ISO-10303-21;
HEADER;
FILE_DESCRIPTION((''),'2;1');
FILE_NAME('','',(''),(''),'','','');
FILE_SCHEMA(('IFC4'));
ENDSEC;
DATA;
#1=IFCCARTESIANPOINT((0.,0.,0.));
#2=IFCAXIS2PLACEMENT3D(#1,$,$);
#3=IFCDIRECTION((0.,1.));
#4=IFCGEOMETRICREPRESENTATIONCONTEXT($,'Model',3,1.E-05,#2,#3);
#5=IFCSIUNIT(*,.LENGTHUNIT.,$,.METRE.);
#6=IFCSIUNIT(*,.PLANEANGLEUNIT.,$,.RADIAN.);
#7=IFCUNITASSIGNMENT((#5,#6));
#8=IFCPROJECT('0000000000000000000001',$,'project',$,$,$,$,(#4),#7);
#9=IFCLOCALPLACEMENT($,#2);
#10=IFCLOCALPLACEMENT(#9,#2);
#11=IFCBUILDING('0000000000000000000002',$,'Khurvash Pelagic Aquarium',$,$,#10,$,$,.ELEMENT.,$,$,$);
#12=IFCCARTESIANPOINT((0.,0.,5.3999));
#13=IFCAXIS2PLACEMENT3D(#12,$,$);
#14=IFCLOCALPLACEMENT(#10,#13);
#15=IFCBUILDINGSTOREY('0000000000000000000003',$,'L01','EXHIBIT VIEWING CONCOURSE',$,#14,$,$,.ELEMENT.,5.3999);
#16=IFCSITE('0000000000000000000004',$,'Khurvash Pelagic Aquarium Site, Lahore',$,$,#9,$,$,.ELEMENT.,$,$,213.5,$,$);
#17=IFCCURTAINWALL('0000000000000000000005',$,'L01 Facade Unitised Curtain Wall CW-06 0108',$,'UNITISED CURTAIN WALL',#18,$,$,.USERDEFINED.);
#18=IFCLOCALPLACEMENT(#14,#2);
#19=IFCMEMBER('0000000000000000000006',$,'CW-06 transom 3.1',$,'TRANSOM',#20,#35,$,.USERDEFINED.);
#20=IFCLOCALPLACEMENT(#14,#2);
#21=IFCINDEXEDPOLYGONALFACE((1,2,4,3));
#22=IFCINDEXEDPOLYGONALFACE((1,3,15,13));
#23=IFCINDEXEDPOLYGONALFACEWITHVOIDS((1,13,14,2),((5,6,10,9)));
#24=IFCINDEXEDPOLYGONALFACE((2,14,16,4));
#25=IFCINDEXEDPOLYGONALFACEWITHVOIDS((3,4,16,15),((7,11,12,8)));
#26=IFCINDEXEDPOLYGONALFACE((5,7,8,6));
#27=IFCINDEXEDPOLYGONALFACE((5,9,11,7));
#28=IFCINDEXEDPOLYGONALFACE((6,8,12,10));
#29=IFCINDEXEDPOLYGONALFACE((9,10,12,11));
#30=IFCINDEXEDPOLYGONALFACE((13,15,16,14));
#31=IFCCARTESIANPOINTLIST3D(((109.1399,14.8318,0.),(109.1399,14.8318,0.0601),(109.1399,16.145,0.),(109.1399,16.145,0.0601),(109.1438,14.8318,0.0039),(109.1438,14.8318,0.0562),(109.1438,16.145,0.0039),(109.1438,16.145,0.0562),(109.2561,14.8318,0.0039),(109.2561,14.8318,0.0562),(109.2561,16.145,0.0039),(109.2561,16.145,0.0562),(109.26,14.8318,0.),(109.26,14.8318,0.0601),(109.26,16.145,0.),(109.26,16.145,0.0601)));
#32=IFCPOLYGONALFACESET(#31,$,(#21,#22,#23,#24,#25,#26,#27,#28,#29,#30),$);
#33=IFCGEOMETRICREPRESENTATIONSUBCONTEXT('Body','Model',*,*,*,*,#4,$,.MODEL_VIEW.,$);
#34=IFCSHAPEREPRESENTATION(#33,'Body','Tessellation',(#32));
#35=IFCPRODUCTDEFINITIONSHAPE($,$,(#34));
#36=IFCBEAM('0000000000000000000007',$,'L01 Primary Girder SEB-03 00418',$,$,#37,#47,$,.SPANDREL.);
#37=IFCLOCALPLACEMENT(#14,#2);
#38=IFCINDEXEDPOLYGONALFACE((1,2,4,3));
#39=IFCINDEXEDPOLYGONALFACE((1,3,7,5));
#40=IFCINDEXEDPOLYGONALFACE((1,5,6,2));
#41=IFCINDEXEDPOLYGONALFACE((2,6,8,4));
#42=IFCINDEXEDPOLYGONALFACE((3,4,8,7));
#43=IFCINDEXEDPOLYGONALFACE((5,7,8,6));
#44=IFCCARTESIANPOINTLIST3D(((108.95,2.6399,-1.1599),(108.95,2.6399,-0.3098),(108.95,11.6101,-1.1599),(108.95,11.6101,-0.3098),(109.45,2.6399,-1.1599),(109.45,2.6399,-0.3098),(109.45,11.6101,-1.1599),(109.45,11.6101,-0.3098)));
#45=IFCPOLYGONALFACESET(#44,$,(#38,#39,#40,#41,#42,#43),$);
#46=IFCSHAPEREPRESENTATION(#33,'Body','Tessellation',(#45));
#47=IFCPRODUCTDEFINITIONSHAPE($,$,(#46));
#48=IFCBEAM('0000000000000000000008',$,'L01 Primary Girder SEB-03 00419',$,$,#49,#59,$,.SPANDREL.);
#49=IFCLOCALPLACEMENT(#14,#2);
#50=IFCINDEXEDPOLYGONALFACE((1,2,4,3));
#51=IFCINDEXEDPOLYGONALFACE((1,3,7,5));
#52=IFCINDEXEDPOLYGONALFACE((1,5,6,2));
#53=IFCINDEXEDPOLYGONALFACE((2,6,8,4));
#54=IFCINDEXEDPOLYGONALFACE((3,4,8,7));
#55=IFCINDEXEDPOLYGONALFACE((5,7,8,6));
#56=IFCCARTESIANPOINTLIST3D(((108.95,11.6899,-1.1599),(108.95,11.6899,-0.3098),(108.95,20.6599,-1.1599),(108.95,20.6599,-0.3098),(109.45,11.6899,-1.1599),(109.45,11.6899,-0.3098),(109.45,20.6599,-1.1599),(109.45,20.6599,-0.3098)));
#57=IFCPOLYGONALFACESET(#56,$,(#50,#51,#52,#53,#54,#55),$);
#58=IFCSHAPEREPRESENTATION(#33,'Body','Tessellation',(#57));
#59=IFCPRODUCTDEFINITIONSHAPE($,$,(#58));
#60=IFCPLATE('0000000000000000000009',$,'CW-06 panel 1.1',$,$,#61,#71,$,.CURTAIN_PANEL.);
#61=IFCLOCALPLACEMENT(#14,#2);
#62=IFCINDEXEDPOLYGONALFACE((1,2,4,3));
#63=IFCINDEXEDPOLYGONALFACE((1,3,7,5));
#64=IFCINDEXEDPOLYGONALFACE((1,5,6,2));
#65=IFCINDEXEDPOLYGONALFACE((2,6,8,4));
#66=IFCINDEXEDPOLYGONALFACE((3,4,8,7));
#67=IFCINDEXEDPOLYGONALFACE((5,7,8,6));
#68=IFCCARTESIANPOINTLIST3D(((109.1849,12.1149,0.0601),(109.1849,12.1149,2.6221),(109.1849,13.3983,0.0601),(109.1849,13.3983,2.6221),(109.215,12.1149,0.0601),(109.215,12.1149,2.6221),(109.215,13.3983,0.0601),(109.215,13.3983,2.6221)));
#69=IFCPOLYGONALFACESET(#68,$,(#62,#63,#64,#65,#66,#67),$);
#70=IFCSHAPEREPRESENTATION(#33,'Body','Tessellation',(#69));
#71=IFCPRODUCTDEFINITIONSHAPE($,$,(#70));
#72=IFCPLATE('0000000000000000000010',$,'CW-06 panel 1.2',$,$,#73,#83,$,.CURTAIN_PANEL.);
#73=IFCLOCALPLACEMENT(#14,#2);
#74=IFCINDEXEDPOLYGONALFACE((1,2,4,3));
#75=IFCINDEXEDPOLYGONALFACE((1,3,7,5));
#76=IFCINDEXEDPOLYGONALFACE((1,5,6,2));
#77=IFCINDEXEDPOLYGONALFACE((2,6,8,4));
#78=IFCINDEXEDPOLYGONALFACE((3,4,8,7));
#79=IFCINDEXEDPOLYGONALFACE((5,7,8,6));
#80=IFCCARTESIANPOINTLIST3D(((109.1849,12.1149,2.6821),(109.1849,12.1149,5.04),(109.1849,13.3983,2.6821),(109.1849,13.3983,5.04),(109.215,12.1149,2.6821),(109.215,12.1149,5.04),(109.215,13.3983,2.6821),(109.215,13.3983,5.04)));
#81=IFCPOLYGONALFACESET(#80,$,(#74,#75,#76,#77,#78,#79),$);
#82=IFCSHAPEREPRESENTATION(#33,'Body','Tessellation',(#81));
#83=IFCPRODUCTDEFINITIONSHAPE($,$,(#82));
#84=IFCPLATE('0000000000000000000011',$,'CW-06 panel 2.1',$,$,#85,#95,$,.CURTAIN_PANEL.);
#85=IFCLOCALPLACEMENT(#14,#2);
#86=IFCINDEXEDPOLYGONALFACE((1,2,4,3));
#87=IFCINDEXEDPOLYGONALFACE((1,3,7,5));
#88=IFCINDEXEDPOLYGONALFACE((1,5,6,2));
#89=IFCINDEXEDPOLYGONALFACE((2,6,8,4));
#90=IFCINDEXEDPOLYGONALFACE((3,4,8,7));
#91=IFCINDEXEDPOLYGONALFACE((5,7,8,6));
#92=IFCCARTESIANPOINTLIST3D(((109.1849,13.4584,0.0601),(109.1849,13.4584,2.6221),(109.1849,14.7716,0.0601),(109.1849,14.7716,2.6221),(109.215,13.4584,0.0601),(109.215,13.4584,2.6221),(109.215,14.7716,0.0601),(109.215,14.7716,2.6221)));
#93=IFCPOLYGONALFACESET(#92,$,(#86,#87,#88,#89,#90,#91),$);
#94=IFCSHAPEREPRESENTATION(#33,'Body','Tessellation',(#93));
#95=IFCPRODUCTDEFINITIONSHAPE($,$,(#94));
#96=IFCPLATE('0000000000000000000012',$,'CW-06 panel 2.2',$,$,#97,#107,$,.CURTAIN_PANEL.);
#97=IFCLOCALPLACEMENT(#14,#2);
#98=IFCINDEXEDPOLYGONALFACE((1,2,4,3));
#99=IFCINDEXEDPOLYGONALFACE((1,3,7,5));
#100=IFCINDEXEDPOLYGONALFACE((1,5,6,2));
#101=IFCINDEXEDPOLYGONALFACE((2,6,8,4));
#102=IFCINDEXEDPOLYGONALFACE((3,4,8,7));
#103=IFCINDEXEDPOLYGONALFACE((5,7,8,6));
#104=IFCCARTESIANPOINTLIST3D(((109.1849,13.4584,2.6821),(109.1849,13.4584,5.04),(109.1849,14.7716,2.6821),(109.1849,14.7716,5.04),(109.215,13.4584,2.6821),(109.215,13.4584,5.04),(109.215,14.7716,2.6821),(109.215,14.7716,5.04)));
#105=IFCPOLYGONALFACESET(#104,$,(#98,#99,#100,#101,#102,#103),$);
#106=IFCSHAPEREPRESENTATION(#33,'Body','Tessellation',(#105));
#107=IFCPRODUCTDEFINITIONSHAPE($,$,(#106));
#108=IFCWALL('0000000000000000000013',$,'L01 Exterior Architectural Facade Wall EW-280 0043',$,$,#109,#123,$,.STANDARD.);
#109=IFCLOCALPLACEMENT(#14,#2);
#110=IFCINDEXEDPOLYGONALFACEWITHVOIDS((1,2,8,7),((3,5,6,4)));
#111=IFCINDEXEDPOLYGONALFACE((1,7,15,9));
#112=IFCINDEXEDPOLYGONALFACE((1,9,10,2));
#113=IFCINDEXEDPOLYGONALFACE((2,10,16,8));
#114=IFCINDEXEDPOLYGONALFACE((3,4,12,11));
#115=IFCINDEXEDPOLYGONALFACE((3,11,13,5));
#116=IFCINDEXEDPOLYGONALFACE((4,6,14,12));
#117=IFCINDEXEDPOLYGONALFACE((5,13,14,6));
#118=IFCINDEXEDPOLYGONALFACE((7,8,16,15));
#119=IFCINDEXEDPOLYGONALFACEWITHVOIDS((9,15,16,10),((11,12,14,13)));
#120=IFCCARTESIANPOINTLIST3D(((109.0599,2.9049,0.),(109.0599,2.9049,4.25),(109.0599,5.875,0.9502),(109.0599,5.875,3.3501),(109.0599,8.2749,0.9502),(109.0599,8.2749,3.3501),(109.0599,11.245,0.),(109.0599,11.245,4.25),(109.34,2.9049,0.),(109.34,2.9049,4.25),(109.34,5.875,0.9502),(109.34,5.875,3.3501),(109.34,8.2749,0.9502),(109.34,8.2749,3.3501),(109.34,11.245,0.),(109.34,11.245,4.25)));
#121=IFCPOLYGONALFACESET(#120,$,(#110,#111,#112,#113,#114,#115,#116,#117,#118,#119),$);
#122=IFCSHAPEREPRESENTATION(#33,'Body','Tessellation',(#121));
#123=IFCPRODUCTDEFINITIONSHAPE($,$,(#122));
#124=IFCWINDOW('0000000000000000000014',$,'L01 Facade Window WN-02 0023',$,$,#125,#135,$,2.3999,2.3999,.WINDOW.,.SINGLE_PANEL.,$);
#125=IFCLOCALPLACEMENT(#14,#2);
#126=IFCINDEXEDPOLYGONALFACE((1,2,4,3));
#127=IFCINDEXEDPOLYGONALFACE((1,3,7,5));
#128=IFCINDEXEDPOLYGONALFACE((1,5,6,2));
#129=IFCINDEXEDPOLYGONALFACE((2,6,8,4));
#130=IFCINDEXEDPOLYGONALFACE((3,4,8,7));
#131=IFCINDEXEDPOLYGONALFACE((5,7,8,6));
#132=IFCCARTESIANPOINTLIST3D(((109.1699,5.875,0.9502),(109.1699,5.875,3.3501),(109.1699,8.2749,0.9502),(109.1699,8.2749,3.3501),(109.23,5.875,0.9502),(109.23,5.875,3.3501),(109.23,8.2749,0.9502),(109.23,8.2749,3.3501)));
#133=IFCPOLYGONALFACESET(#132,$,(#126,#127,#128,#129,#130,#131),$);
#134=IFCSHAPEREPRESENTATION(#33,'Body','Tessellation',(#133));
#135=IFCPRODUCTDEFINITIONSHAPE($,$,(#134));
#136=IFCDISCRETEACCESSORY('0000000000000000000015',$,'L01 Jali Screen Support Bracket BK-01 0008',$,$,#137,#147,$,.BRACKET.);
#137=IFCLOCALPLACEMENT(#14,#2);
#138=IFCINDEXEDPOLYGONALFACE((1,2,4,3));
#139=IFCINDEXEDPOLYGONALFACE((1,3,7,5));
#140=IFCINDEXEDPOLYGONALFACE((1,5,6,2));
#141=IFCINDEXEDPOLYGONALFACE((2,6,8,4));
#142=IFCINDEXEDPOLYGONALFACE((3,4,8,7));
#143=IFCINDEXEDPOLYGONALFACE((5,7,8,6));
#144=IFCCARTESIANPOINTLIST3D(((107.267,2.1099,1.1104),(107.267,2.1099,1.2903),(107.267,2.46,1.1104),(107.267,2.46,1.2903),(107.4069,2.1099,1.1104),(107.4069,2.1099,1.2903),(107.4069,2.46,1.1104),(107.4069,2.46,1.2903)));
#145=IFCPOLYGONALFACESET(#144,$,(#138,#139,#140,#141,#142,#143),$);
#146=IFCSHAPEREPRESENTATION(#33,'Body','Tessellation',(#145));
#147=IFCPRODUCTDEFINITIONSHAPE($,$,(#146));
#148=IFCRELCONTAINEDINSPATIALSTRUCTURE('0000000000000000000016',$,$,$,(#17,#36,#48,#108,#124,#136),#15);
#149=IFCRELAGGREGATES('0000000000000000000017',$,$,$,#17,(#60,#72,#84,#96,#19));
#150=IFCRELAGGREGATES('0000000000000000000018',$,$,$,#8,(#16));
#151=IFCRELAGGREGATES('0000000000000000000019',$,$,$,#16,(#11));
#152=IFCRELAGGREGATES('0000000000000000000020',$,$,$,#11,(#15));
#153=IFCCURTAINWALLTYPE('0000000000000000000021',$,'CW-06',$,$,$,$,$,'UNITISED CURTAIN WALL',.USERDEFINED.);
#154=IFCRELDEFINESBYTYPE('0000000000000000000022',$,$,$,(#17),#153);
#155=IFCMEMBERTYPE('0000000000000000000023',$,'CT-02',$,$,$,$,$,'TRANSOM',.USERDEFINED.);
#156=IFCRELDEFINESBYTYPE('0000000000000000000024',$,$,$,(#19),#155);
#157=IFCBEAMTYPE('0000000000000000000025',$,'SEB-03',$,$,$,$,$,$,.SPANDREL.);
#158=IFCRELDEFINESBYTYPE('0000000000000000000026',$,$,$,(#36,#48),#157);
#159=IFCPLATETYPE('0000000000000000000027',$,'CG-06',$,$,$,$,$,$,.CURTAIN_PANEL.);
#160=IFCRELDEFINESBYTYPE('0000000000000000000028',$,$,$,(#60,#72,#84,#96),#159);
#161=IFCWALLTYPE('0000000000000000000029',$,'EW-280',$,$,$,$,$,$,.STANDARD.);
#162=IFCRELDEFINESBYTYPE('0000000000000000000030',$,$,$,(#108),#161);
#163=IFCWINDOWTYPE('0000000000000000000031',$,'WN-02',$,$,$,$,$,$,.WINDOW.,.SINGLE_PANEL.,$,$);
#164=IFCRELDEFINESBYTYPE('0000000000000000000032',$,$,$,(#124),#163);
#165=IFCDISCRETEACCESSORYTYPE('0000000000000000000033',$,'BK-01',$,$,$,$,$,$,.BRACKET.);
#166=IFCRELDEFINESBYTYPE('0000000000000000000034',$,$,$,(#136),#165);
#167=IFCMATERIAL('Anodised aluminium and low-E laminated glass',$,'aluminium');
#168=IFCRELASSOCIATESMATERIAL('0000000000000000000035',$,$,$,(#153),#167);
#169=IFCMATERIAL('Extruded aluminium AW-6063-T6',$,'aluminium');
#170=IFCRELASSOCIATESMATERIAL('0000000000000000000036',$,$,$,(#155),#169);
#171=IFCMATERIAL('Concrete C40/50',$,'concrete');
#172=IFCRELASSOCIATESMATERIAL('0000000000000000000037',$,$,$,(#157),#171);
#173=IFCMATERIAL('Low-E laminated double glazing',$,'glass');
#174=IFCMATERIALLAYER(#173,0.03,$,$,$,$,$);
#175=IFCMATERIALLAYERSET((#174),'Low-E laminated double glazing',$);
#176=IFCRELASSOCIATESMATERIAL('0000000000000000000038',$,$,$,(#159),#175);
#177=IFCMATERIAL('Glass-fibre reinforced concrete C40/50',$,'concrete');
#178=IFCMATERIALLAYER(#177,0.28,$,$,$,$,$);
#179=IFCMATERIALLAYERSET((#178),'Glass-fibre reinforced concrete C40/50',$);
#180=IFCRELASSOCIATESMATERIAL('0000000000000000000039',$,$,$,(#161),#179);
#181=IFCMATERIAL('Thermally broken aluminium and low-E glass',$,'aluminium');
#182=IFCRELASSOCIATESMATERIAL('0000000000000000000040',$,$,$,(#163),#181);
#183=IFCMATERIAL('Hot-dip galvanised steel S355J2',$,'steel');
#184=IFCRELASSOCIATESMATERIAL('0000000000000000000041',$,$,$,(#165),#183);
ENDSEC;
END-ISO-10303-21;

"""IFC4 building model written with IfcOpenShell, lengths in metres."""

from ifc_helpers import new_model, si_unit, direction, frame, frame_2d, origin, origin_2d, place, context, subcontext, project, spatial, rectangle, hollow_rectangle, extrude, material, layer, layer_set, material_profile, profile_set, type_object, element, fill, aggregate, save


model = new_model("IFC4")

# Units and contexts
model_context = context("Model", 3, precision=1e-05, world=origin(), true_north=direction((0.0, 1.0)))
body_context = subcontext(model_context, "Body", "Model", "MODEL_VIEW")
ifc_project = project(units=[si_unit("LENGTHUNIT", "METRE"), si_unit("PLANEANGLEUNIT", "RADIAN")], contexts=[model_context])

# Site, building, storey
site_placement = place(None, origin())
site = spatial("IfcSite", under=ifc_project, at=site_placement, Name="Khurvash Pelagic Aquarium Site, Lahore", CompositionType="ELEMENT", RefElevation=213.5)
building_placement = place(site_placement, origin())
building = spatial("IfcBuilding", under=site, at=building_placement, Name="Khurvash Pelagic Aquarium", CompositionType="ELEMENT")
storey_placement = place(building_placement, frame((0.0, 0.0, 5.3999)))
storey = spatial("IfcBuildingStorey", under=building, at=storey_placement, Name="L01", Description="EXHIBIT VIEWING CONCOURSE", CompositionType="ELEMENT", Elevation=5.3999)

# Shared definitions
ifc_material_1 = material(Name="Concrete C40/50", Category="concrete")

# Curtain wall, member
ifc_material_2 = material(Name="Anodised aluminium and low-E laminated glass", Category="aluminium")
curtain_wall_type = type_object("IfcCurtainWallType", Name="CW-06", ElementType="UNITISED CURTAIN WALL", PredefinedType="USERDEFINED", material=ifc_material_2)
curtain_wall_placement = place(storey_placement, origin())
curtain_wall = element("IfcCurtainWall", 1, at=curtain_wall_placement, inside=storey, type_object=curtain_wall_type, Name="L01 Facade Unitised Curtain Wall CW-06 0108", ObjectType="UNITISED CURTAIN WALL", PredefinedType="USERDEFINED")
ifc_material_3 = material(Name="Extruded aluminium AW-6063-T6", Category="aluminium")
ifc_material_profile_1 = material_profile(ifc_material_3, hollow_rectangle(XDim=0.1201, YDim=0.0601, WallThickness=0.0039, at=origin_2d()), Name="CWT120X60X4")
ifc_profile_set_1 = profile_set([ifc_material_profile_1], Name="Extruded aluminium AW-6063-T6")
member_type_1 = type_object("IfcMemberType", Name="CT-02", ElementType="TRANSOM", PredefinedType="USERDEFINED", material=ifc_profile_set_1)
member_1_placement = place(storey_placement, frame((109.2, 14.8318, 0.03), z_axis=(0.0, 1.0, 0.0), x_axis=(-1.0, 0.0, 0.0)))
member_1 = element("IfcMember", 2, at=member_1_placement, type_object=member_type_1, Name="CW-06 transom 3.1", ObjectType="TRANSOM", PredefinedType="USERDEFINED", context=body_context, shape_type="SweptSolid", body=[
    extrude(hollow_rectangle(XDim=0.1201, YDim=0.0601, WallThickness=0.0039, at=origin_2d()), origin(), (0.0, 0.0, 1.0), 1.3132),
])

# Beams
ifc_material_profile_2 = material_profile(ifc_material_1, rectangle(XDim=0.5, YDim=0.8501, at=origin_2d()), Name="RC500X850")
ifc_profile_set_2 = profile_set([ifc_material_profile_2], Name="Concrete C40/50")
beam_type = type_object("IfcBeamType", Name="SEB-03", PredefinedType="SPANDREL", material=ifc_profile_set_2)
beam_1_placement = place(storey_placement, frame((109.2, 2.6399, -0.7349), z_axis=(0.0, 1.0, 0.0), x_axis=(-1.0, 0.0, 0.0)))
element("IfcBeam", 3, at=beam_1_placement, inside=storey, type_object=beam_type, Name="L01 Primary Girder SEB-03 00418", PredefinedType="SPANDREL", context=body_context, shape_type="SweptSolid", body=[
    extrude(rectangle(XDim=0.5, YDim=0.8501, at=origin_2d()), origin(), (0.0, 0.0, 1.0), 8.9702),
])
beam_2_placement = place(storey_placement, frame((109.2, 11.6899, -0.7349), z_axis=(0.0, 1.0, 0.0), x_axis=(-1.0, 0.0, 0.0)))
element("IfcBeam", 4, at=beam_2_placement, inside=storey, type_object=beam_type, Name="L01 Primary Girder SEB-03 00419", PredefinedType="SPANDREL", context=body_context, shape_type="SweptSolid", body=[
    extrude(rectangle(XDim=0.5, YDim=0.8501, at=origin_2d()), origin(), (0.0, 0.0, 1.0), 8.97),
])

# Plates
ifc_material_4 = material(Name="Low-E laminated double glazing", Category="glass")
ifc_layer_1 = layer(ifc_material_4, 0.03)
ifc_layer_set_1 = layer_set([ifc_layer_1], Name="Low-E laminated double glazing")
plate_type = type_object("IfcPlateType", Name="CG-06", PredefinedType="CURTAIN_PANEL", material=ifc_layer_set_1)
plate_1_placement = place(storey_placement, frame((109.2, 12.7566, 0.0601), z_axis=(0.0, 0.0, 1.0), x_axis=(0.0, 1.0, 0.0)))
plate_1 = element("IfcPlate", 5, at=plate_1_placement, type_object=plate_type, Name="CW-06 panel 1.1", PredefinedType="CURTAIN_PANEL", context=body_context, shape_type="SweptSolid", body=[
    extrude(rectangle(XDim=1.2834, YDim=0.03, at=origin_2d()), origin(), (0.0, 0.0, 1.0), 2.562),
])
plate_2_placement = place(storey_placement, frame((109.2, 12.7566, 2.6821), z_axis=(0.0, 0.0, 1.0), x_axis=(0.0, 1.0, 0.0)))
plate_2 = element("IfcPlate", 6, at=plate_2_placement, type_object=plate_type, Name="CW-06 panel 1.2", PredefinedType="CURTAIN_PANEL", context=body_context, shape_type="SweptSolid", body=[
    extrude(rectangle(XDim=1.2834, YDim=0.03, at=origin_2d()), origin(), (0.0, 0.0, 1.0), 2.3579),
])
plate_3_placement = place(storey_placement, frame((109.2, 14.115, 0.0601), z_axis=(0.0, 0.0, 1.0), x_axis=(0.0, 1.0, 0.0)))
plate_3 = element("IfcPlate", 7, at=plate_3_placement, type_object=plate_type, Name="CW-06 panel 2.1", PredefinedType="CURTAIN_PANEL", context=body_context, shape_type="SweptSolid", body=[
    extrude(rectangle(XDim=1.3132, YDim=0.03, at=origin_2d()), origin(), (0.0, 0.0, 1.0), 2.562),
])
plate_4_placement = place(storey_placement, frame((109.2, 14.115, 2.6821), z_axis=(0.0, 0.0, 1.0), x_axis=(0.0, 1.0, 0.0)))
plate_4 = element("IfcPlate", 8, at=plate_4_placement, type_object=plate_type, Name="CW-06 panel 2.2", PredefinedType="CURTAIN_PANEL", context=body_context, shape_type="SweptSolid", body=[
    extrude(rectangle(XDim=1.3132, YDim=0.03, at=origin_2d()), origin(), (0.0, 0.0, 1.0), 2.3579),
])
aggregate(curtain_wall, [plate_1, plate_2, plate_3, plate_4, member_1])

# Wall, opening, window
ifc_material_5 = material(Name="Glass-fibre reinforced concrete C40/50", Category="concrete")
ifc_layer_2 = layer(ifc_material_5, 0.28)
ifc_layer_set_2 = layer_set([ifc_layer_2], Name="Glass-fibre reinforced concrete C40/50")
wall_type = type_object("IfcWallType", Name="EW-280", PredefinedType="STANDARD", material=ifc_layer_set_2)
wall_placement = place(storey_placement, frame((109.2, 2.905, 0.0), z_axis=(0.0, 0.0, 1.0), x_axis=(0.0, 1.0, 0.0)))
wall = element("IfcWall", 9, at=wall_placement, inside=storey, type_object=wall_type, Name="L01 Exterior Architectural Facade Wall EW-280 0043", PredefinedType="STANDARD", context=body_context, shape_type="SweptSolid", body=[
    extrude(rectangle(XDim=8.3401, YDim=0.28, at=frame_2d((4.1699, 0.0))), origin(), (0.0, 0.0, 1.0), 4.25),
])
opening_placement = place(wall_placement, frame((2.97, 0.0, 0.9502)))
opening = element("IfcOpeningElement", 10, at=opening_placement, cuts=wall, PredefinedType="OPENING", context=body_context, shape_type="SweptSolid", body=[
    extrude(rectangle(XDim=2.3999, YDim=2.3999, at=frame_2d((1.2, 1.2))), frame((0.0, 0.1499, 0.0), z_axis=(0.0, -1.0, 0.0), x_axis=(1.0, 0.0, 0.0)), (0.0, 0.0, 1.0), 0.3),
])
ifc_material_6 = material(Name="Thermally broken aluminium and low-E glass", Category="aluminium")
window_type = type_object("IfcWindowType", Name="WN-02", PartitioningType="SINGLE_PANEL", PredefinedType="WINDOW", material=ifc_material_6)
window_placement = place(opening_placement, origin())
window = element("IfcWindow", 11, at=window_placement, inside=storey, type_object=window_type, Name="L01 Facade Window WN-02 0023", OverallHeight=2.3999, OverallWidth=2.3999, PartitioningType="SINGLE_PANEL", PredefinedType="WINDOW", context=body_context, shape_type="SweptSolid", body=[
    extrude(rectangle(XDim=2.3999, YDim=2.3999, at=frame_2d((1.2, 1.2))), frame((0.0, 0.03, 0.0), z_axis=(0.0, -1.0, 0.0), x_axis=(1.0, 0.0, 0.0)), (0.0, 0.0, 1.0), 0.0601),
])
fill(opening, window)

# Discrete accessory
ifc_material_7 = material(Name="Hot-dip galvanised steel S355J2", Category="steel")
discrete_accessory_type = type_object("IfcDiscreteAccessoryType", Name="BK-01", PredefinedType="BRACKET", material=ifc_material_7)
discrete_accessory_placement = place(storey_placement, frame((107.3369, 2.2849, 1.1104), z_axis=(0.0, 0.0, 1.0), x_axis=(1.0, 0.0, 0.0)))
element("IfcDiscreteAccessory", 12, at=discrete_accessory_placement, inside=storey, type_object=discrete_accessory_type, Name="L01 Jali Screen Support Bracket BK-01 0008", PredefinedType="BRACKET", context=body_context, shape_type="SweptSolid", body=[
    extrude(rectangle(XDim=0.1399, YDim=0.3501, at=origin_2d()), origin(), (0.0, 0.0, 1.0), 0.1799),
])

save(model, "model.ifc")
